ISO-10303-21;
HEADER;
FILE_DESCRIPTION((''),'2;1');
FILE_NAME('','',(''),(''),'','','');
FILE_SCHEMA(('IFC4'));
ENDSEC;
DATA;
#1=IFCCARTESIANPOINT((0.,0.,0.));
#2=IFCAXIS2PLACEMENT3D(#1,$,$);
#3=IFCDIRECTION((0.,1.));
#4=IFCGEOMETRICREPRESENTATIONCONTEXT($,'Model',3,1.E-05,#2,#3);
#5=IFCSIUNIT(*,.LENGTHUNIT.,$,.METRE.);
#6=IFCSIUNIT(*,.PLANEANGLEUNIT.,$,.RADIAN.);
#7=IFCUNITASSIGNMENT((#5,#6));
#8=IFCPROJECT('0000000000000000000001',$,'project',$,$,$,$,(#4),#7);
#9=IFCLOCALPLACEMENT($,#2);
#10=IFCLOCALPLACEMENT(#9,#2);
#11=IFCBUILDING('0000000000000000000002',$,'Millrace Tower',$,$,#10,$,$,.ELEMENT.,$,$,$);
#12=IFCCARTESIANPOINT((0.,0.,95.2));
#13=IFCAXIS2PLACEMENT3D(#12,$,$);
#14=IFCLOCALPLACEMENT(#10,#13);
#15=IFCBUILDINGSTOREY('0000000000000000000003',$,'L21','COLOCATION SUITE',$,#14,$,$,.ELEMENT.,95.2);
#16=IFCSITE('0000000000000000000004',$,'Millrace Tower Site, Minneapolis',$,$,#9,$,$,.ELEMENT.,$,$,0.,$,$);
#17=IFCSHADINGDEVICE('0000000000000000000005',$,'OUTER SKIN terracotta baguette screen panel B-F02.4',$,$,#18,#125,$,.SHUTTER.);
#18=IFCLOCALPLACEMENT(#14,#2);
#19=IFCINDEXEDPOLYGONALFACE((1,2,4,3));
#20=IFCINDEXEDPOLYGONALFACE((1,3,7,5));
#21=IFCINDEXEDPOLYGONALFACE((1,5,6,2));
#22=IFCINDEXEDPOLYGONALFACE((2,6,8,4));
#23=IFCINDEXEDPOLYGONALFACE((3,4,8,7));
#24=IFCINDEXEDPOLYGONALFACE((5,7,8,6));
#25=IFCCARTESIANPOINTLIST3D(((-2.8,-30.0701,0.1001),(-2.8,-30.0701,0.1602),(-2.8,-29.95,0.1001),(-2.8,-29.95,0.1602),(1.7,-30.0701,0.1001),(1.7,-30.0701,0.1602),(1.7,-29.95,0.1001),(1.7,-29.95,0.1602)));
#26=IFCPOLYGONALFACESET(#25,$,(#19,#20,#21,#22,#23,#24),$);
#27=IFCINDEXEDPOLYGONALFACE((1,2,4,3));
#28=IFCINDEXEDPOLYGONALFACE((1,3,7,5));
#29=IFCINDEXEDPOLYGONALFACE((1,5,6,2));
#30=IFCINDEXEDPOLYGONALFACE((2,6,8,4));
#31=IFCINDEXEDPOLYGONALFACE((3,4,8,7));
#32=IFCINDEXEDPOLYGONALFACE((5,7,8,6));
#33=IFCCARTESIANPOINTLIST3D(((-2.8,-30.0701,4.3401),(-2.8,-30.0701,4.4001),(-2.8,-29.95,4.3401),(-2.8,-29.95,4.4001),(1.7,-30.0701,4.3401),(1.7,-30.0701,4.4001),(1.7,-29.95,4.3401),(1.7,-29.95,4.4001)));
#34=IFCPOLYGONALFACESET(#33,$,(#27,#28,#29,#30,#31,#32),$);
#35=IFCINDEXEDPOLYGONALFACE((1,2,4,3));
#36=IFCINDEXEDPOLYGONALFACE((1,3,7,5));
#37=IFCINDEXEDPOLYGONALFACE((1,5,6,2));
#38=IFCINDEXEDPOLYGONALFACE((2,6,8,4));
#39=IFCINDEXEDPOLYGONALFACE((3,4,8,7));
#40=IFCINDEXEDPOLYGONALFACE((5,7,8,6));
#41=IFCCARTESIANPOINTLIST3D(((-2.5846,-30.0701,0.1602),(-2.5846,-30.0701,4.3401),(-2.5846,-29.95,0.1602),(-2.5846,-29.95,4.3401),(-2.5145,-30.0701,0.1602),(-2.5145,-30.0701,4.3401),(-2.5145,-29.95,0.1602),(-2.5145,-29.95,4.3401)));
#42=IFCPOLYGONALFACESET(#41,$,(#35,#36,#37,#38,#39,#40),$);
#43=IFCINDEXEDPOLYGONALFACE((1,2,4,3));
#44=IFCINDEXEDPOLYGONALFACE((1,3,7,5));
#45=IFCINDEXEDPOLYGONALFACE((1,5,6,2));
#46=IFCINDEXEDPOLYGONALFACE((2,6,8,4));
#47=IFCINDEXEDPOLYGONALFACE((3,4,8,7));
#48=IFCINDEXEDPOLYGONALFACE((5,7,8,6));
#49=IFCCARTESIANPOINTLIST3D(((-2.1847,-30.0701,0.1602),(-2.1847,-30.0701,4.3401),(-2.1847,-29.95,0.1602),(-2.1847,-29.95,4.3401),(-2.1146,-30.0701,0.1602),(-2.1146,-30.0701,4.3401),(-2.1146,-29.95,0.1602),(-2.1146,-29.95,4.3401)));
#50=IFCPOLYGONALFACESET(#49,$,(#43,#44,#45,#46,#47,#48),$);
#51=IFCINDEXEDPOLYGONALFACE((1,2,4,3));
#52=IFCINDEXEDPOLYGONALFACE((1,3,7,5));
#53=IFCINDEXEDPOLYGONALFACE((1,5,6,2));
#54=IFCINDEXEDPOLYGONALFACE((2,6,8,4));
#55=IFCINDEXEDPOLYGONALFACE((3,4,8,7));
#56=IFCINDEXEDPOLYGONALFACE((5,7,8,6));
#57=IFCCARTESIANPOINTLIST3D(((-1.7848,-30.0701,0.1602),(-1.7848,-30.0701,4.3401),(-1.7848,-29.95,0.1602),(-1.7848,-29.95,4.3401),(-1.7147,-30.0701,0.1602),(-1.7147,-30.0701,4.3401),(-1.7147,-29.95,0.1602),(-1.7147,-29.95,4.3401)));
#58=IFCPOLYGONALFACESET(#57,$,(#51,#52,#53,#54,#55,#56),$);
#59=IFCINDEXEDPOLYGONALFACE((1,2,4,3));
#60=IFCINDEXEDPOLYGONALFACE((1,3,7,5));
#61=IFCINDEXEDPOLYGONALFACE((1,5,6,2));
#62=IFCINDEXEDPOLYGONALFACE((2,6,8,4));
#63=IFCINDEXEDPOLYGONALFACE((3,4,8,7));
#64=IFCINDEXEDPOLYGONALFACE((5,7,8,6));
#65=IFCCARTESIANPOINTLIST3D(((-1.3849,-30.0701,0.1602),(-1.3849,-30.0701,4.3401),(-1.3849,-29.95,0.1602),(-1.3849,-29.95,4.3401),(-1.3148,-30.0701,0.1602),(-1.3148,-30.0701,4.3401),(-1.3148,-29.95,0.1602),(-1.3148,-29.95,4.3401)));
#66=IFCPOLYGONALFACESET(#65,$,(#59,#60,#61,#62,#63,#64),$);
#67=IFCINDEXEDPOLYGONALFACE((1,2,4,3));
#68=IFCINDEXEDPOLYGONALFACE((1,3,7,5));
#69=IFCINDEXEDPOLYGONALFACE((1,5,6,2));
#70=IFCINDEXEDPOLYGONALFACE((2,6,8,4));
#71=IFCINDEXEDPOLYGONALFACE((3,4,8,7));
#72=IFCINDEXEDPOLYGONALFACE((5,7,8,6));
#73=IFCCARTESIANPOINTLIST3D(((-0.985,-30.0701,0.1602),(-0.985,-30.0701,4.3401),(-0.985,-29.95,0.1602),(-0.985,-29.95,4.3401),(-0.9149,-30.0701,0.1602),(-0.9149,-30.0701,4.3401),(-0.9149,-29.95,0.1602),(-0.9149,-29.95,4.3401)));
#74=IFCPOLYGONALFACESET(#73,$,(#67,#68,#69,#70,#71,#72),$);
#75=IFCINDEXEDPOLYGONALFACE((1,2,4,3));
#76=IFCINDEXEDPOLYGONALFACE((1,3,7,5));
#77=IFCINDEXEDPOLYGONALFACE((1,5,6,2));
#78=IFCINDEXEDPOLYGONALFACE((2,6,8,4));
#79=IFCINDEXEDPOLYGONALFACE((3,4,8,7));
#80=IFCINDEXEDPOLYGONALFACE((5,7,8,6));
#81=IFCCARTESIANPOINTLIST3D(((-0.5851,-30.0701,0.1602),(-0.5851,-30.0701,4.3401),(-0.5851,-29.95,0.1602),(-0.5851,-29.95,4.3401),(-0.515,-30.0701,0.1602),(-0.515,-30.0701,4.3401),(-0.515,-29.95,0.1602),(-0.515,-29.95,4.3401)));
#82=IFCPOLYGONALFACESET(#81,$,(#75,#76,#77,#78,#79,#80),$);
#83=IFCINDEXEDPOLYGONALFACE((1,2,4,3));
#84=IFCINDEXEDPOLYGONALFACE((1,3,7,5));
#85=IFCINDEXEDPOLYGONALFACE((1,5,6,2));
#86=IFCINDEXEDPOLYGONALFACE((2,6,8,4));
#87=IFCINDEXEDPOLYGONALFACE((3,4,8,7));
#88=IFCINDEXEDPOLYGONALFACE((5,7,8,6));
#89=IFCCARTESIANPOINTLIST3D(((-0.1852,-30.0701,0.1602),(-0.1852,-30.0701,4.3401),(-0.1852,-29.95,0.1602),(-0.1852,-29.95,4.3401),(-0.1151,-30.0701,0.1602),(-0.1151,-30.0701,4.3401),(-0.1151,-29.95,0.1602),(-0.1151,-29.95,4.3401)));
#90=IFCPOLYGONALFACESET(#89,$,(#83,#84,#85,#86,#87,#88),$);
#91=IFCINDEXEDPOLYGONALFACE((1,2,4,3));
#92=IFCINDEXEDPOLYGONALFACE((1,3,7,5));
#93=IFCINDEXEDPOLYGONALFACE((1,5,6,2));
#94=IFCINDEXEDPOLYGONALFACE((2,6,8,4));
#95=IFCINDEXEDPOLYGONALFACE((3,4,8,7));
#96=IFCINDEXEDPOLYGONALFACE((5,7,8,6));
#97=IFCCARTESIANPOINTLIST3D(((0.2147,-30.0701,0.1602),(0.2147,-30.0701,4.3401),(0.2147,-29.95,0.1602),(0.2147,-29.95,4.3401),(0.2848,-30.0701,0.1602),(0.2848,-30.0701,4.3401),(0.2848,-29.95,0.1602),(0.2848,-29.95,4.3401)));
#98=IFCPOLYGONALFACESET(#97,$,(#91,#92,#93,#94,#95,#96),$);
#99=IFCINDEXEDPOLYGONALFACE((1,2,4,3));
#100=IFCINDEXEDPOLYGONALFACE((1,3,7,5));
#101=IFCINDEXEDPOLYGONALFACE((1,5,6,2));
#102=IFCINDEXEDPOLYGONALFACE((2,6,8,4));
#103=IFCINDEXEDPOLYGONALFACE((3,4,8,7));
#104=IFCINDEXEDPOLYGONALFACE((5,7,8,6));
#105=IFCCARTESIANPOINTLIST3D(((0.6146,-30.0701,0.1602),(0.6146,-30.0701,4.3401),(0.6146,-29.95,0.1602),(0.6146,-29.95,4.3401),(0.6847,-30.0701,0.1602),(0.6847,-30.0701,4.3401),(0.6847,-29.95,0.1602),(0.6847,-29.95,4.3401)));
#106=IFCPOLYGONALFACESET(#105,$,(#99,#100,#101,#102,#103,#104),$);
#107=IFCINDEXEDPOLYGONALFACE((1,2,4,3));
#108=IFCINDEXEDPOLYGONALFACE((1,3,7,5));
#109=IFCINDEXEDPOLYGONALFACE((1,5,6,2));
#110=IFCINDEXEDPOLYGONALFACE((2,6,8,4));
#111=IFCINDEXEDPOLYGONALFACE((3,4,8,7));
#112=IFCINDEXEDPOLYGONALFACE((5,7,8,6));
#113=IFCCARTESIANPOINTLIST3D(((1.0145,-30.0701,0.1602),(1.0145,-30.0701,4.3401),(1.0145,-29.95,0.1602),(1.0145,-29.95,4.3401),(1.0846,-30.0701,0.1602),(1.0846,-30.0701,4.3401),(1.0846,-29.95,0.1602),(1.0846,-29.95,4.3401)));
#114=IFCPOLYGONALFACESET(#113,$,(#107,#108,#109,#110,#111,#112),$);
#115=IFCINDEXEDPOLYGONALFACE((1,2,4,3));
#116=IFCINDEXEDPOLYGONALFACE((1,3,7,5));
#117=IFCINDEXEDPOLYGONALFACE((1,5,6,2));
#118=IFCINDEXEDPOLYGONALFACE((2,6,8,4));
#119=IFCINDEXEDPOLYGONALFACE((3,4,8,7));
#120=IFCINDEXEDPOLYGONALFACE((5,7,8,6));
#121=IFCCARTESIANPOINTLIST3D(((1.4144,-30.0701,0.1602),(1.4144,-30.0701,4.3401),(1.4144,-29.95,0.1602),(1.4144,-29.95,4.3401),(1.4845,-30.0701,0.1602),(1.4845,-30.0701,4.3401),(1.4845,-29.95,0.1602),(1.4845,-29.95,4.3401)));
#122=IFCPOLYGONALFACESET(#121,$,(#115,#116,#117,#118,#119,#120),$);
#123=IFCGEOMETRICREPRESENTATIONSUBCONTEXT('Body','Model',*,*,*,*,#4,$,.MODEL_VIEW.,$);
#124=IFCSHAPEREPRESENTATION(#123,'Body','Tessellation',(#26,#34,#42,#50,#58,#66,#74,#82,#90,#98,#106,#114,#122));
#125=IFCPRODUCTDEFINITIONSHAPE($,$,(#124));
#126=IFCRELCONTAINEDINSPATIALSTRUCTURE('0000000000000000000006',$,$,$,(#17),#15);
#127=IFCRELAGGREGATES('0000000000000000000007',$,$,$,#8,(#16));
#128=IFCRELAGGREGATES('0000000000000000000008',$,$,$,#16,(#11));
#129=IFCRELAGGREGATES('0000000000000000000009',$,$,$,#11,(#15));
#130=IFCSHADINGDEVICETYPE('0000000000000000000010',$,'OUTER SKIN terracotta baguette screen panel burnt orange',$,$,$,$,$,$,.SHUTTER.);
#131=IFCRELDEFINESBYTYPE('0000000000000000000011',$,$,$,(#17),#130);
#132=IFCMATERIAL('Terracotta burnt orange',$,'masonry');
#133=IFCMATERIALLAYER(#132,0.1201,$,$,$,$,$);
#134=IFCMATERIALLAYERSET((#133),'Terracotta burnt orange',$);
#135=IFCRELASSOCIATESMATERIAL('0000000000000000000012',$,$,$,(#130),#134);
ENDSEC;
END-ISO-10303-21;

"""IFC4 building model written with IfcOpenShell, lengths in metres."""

from ifc_helpers import new_model, entity, si_unit, direction, frame, frame_2d, origin, origin_2d, place, context, subcontext, project, spatial, rectangle, extrude, source, transform, mapped, material, layer, layer_set, type_object, element, save


model = new_model("IFC4")

# Units and contexts
model_context = context("Model", 3, precision=1e-05, world=origin(), true_north=direction((0.0, 1.0)))
body_context = subcontext(model_context, "Body", "Model", "MODEL_VIEW")
ifc_project = project(units=[si_unit("LENGTHUNIT", "METRE"), si_unit("PLANEANGLEUNIT", "RADIAN")], contexts=[model_context])

# Site, building, storey
site_placement = place(None, origin())
site = spatial("IfcSite", under=ifc_project, at=site_placement, Name="Millrace Tower Site, Minneapolis", CompositionType="ELEMENT", RefElevation=0.0)
building_placement = place(site_placement, origin())
building = spatial("IfcBuilding", under=site, at=building_placement, Name="Millrace Tower", CompositionType="ELEMENT")
storey_placement = place(building_placement, frame((0.0, 0.0, 95.2)))
storey = spatial("IfcBuildingStorey", under=building, at=storey_placement, Name="L21", Description="COLOCATION SUITE", CompositionType="ELEMENT", Elevation=95.2)

# Shading device
ifc_material_1 = material(Name="Terracotta burnt orange", Category="masonry")
ifc_layer_1 = layer(ifc_material_1, 0.1201)
ifc_layer_set_1 = layer_set([ifc_layer_1], Name="Terracotta burnt orange")
shading_device_type = type_object("IfcShadingDeviceType", Name="OUTER SKIN terracotta baguette screen panel burnt orange", PredefinedType="SHUTTER", material=ifc_layer_set_1)
cartesian_point_1 = entity("IfcCartesianPoint", [-2.25, 0.0601])
shared_polyline_1 = entity("IfcPolyline", [cartesian_point_1, entity("IfcCartesianPoint", [2.25, 0.0601]), entity("IfcCartesianPoint", [2.25, -0.0601]), entity("IfcCartesianPoint", [-2.25, -0.0601]), cartesian_point_1])
shared_shape_1 = source(origin(), body_context, "Body", "SweptSolid", [
    entity("IfcExtrudedAreaSolid", entity("IfcArbitraryClosedProfileDef", "AREA", None, shared_polyline_1), entity("IfcAxis2Placement3D", entity("IfcCartesianPoint", [0.0, 0.0, 0.0])), entity("IfcDirection", [0.0, 0.0, 1.0]), 0.0601),
    entity("IfcExtrudedAreaSolid", entity("IfcArbitraryClosedProfileDef", "AREA", None, shared_polyline_1), entity("IfcAxis2Placement3D", entity("IfcCartesianPoint", [0.0, 0.0, 4.24])), entity("IfcDirection", [0.0, 0.0, 1.0]), 0.0601),
    extrude(rectangle(XDim=0.0701, YDim=0.1201, at=frame_2d((-1.9995, 0.0))), frame((0.0, 0.0, 0.0601)), (0.0, 0.0, 1.0), 4.1799),
    extrude(rectangle(XDim=0.0701, YDim=0.1201, at=frame_2d((-1.5996, 0.0))), frame((0.0, 0.0, 0.0601)), (0.0, 0.0, 1.0), 4.1799),
    extrude(rectangle(XDim=0.0701, YDim=0.1201, at=frame_2d((-1.1997, 0.0))), frame((0.0, 0.0, 0.0601)), (0.0, 0.0, 1.0), 4.1799),
    extrude(rectangle(XDim=0.0701, YDim=0.1201, at=frame_2d((-0.7998, 0.0))), frame((0.0, 0.0, 0.0601)), (0.0, 0.0, 1.0), 4.1799),
    extrude(rectangle(XDim=0.0701, YDim=0.1201, at=frame_2d((-0.3999, 0.0))), frame((0.0, 0.0, 0.0601)), (0.0, 0.0, 1.0), 4.1799),
    extrude(rectangle(XDim=0.0701, YDim=0.1201, at=origin_2d()), frame((0.0, 0.0, 0.0601)), (0.0, 0.0, 1.0), 4.1799),
    extrude(rectangle(XDim=0.0701, YDim=0.1201, at=frame_2d((0.3999, 0.0))), frame((0.0, 0.0, 0.0601)), (0.0, 0.0, 1.0), 4.1799),
    extrude(rectangle(XDim=0.0701, YDim=0.1201, at=frame_2d((0.7998, 0.0))), frame((0.0, 0.0, 0.0601)), (0.0, 0.0, 1.0), 4.1799),
    extrude(rectangle(XDim=0.0701, YDim=0.1201, at=frame_2d((1.1997, 0.0))), frame((0.0, 0.0, 0.0601)), (0.0, 0.0, 1.0), 4.1799),
    extrude(rectangle(XDim=0.0701, YDim=0.1201, at=frame_2d((1.5996, 0.0))), frame((0.0, 0.0, 0.0601)), (0.0, 0.0, 1.0), 4.1799),
    extrude(rectangle(XDim=0.0701, YDim=0.1201, at=frame_2d((1.9995, 0.0))), frame((0.0, 0.0, 0.0601)), (0.0, 0.0, 1.0), 4.1799),
])
for number, where, z_axis, x_axis, name in (
    (1, (-0.55, -30.01, 0.1001), (0.0, 0.0, 1.0), (1.0, 0.0, 0.0), "OUTER SKIN terracotta baguette screen panel B-F02.4"),
):
    element("IfcShadingDevice", number, at=place(storey_placement, frame(where, z_axis=z_axis, x_axis=x_axis)), inside=storey, type_object=shading_device_type, Name=name, PredefinedType="SHUTTER", context=body_context, shape_type="MappedRepresentation", body=[
        mapped(shared_shape_1, transform((0.0, 0.0, 0.0), scale=1.0)),
    ])

save(model, "model.ifc")
